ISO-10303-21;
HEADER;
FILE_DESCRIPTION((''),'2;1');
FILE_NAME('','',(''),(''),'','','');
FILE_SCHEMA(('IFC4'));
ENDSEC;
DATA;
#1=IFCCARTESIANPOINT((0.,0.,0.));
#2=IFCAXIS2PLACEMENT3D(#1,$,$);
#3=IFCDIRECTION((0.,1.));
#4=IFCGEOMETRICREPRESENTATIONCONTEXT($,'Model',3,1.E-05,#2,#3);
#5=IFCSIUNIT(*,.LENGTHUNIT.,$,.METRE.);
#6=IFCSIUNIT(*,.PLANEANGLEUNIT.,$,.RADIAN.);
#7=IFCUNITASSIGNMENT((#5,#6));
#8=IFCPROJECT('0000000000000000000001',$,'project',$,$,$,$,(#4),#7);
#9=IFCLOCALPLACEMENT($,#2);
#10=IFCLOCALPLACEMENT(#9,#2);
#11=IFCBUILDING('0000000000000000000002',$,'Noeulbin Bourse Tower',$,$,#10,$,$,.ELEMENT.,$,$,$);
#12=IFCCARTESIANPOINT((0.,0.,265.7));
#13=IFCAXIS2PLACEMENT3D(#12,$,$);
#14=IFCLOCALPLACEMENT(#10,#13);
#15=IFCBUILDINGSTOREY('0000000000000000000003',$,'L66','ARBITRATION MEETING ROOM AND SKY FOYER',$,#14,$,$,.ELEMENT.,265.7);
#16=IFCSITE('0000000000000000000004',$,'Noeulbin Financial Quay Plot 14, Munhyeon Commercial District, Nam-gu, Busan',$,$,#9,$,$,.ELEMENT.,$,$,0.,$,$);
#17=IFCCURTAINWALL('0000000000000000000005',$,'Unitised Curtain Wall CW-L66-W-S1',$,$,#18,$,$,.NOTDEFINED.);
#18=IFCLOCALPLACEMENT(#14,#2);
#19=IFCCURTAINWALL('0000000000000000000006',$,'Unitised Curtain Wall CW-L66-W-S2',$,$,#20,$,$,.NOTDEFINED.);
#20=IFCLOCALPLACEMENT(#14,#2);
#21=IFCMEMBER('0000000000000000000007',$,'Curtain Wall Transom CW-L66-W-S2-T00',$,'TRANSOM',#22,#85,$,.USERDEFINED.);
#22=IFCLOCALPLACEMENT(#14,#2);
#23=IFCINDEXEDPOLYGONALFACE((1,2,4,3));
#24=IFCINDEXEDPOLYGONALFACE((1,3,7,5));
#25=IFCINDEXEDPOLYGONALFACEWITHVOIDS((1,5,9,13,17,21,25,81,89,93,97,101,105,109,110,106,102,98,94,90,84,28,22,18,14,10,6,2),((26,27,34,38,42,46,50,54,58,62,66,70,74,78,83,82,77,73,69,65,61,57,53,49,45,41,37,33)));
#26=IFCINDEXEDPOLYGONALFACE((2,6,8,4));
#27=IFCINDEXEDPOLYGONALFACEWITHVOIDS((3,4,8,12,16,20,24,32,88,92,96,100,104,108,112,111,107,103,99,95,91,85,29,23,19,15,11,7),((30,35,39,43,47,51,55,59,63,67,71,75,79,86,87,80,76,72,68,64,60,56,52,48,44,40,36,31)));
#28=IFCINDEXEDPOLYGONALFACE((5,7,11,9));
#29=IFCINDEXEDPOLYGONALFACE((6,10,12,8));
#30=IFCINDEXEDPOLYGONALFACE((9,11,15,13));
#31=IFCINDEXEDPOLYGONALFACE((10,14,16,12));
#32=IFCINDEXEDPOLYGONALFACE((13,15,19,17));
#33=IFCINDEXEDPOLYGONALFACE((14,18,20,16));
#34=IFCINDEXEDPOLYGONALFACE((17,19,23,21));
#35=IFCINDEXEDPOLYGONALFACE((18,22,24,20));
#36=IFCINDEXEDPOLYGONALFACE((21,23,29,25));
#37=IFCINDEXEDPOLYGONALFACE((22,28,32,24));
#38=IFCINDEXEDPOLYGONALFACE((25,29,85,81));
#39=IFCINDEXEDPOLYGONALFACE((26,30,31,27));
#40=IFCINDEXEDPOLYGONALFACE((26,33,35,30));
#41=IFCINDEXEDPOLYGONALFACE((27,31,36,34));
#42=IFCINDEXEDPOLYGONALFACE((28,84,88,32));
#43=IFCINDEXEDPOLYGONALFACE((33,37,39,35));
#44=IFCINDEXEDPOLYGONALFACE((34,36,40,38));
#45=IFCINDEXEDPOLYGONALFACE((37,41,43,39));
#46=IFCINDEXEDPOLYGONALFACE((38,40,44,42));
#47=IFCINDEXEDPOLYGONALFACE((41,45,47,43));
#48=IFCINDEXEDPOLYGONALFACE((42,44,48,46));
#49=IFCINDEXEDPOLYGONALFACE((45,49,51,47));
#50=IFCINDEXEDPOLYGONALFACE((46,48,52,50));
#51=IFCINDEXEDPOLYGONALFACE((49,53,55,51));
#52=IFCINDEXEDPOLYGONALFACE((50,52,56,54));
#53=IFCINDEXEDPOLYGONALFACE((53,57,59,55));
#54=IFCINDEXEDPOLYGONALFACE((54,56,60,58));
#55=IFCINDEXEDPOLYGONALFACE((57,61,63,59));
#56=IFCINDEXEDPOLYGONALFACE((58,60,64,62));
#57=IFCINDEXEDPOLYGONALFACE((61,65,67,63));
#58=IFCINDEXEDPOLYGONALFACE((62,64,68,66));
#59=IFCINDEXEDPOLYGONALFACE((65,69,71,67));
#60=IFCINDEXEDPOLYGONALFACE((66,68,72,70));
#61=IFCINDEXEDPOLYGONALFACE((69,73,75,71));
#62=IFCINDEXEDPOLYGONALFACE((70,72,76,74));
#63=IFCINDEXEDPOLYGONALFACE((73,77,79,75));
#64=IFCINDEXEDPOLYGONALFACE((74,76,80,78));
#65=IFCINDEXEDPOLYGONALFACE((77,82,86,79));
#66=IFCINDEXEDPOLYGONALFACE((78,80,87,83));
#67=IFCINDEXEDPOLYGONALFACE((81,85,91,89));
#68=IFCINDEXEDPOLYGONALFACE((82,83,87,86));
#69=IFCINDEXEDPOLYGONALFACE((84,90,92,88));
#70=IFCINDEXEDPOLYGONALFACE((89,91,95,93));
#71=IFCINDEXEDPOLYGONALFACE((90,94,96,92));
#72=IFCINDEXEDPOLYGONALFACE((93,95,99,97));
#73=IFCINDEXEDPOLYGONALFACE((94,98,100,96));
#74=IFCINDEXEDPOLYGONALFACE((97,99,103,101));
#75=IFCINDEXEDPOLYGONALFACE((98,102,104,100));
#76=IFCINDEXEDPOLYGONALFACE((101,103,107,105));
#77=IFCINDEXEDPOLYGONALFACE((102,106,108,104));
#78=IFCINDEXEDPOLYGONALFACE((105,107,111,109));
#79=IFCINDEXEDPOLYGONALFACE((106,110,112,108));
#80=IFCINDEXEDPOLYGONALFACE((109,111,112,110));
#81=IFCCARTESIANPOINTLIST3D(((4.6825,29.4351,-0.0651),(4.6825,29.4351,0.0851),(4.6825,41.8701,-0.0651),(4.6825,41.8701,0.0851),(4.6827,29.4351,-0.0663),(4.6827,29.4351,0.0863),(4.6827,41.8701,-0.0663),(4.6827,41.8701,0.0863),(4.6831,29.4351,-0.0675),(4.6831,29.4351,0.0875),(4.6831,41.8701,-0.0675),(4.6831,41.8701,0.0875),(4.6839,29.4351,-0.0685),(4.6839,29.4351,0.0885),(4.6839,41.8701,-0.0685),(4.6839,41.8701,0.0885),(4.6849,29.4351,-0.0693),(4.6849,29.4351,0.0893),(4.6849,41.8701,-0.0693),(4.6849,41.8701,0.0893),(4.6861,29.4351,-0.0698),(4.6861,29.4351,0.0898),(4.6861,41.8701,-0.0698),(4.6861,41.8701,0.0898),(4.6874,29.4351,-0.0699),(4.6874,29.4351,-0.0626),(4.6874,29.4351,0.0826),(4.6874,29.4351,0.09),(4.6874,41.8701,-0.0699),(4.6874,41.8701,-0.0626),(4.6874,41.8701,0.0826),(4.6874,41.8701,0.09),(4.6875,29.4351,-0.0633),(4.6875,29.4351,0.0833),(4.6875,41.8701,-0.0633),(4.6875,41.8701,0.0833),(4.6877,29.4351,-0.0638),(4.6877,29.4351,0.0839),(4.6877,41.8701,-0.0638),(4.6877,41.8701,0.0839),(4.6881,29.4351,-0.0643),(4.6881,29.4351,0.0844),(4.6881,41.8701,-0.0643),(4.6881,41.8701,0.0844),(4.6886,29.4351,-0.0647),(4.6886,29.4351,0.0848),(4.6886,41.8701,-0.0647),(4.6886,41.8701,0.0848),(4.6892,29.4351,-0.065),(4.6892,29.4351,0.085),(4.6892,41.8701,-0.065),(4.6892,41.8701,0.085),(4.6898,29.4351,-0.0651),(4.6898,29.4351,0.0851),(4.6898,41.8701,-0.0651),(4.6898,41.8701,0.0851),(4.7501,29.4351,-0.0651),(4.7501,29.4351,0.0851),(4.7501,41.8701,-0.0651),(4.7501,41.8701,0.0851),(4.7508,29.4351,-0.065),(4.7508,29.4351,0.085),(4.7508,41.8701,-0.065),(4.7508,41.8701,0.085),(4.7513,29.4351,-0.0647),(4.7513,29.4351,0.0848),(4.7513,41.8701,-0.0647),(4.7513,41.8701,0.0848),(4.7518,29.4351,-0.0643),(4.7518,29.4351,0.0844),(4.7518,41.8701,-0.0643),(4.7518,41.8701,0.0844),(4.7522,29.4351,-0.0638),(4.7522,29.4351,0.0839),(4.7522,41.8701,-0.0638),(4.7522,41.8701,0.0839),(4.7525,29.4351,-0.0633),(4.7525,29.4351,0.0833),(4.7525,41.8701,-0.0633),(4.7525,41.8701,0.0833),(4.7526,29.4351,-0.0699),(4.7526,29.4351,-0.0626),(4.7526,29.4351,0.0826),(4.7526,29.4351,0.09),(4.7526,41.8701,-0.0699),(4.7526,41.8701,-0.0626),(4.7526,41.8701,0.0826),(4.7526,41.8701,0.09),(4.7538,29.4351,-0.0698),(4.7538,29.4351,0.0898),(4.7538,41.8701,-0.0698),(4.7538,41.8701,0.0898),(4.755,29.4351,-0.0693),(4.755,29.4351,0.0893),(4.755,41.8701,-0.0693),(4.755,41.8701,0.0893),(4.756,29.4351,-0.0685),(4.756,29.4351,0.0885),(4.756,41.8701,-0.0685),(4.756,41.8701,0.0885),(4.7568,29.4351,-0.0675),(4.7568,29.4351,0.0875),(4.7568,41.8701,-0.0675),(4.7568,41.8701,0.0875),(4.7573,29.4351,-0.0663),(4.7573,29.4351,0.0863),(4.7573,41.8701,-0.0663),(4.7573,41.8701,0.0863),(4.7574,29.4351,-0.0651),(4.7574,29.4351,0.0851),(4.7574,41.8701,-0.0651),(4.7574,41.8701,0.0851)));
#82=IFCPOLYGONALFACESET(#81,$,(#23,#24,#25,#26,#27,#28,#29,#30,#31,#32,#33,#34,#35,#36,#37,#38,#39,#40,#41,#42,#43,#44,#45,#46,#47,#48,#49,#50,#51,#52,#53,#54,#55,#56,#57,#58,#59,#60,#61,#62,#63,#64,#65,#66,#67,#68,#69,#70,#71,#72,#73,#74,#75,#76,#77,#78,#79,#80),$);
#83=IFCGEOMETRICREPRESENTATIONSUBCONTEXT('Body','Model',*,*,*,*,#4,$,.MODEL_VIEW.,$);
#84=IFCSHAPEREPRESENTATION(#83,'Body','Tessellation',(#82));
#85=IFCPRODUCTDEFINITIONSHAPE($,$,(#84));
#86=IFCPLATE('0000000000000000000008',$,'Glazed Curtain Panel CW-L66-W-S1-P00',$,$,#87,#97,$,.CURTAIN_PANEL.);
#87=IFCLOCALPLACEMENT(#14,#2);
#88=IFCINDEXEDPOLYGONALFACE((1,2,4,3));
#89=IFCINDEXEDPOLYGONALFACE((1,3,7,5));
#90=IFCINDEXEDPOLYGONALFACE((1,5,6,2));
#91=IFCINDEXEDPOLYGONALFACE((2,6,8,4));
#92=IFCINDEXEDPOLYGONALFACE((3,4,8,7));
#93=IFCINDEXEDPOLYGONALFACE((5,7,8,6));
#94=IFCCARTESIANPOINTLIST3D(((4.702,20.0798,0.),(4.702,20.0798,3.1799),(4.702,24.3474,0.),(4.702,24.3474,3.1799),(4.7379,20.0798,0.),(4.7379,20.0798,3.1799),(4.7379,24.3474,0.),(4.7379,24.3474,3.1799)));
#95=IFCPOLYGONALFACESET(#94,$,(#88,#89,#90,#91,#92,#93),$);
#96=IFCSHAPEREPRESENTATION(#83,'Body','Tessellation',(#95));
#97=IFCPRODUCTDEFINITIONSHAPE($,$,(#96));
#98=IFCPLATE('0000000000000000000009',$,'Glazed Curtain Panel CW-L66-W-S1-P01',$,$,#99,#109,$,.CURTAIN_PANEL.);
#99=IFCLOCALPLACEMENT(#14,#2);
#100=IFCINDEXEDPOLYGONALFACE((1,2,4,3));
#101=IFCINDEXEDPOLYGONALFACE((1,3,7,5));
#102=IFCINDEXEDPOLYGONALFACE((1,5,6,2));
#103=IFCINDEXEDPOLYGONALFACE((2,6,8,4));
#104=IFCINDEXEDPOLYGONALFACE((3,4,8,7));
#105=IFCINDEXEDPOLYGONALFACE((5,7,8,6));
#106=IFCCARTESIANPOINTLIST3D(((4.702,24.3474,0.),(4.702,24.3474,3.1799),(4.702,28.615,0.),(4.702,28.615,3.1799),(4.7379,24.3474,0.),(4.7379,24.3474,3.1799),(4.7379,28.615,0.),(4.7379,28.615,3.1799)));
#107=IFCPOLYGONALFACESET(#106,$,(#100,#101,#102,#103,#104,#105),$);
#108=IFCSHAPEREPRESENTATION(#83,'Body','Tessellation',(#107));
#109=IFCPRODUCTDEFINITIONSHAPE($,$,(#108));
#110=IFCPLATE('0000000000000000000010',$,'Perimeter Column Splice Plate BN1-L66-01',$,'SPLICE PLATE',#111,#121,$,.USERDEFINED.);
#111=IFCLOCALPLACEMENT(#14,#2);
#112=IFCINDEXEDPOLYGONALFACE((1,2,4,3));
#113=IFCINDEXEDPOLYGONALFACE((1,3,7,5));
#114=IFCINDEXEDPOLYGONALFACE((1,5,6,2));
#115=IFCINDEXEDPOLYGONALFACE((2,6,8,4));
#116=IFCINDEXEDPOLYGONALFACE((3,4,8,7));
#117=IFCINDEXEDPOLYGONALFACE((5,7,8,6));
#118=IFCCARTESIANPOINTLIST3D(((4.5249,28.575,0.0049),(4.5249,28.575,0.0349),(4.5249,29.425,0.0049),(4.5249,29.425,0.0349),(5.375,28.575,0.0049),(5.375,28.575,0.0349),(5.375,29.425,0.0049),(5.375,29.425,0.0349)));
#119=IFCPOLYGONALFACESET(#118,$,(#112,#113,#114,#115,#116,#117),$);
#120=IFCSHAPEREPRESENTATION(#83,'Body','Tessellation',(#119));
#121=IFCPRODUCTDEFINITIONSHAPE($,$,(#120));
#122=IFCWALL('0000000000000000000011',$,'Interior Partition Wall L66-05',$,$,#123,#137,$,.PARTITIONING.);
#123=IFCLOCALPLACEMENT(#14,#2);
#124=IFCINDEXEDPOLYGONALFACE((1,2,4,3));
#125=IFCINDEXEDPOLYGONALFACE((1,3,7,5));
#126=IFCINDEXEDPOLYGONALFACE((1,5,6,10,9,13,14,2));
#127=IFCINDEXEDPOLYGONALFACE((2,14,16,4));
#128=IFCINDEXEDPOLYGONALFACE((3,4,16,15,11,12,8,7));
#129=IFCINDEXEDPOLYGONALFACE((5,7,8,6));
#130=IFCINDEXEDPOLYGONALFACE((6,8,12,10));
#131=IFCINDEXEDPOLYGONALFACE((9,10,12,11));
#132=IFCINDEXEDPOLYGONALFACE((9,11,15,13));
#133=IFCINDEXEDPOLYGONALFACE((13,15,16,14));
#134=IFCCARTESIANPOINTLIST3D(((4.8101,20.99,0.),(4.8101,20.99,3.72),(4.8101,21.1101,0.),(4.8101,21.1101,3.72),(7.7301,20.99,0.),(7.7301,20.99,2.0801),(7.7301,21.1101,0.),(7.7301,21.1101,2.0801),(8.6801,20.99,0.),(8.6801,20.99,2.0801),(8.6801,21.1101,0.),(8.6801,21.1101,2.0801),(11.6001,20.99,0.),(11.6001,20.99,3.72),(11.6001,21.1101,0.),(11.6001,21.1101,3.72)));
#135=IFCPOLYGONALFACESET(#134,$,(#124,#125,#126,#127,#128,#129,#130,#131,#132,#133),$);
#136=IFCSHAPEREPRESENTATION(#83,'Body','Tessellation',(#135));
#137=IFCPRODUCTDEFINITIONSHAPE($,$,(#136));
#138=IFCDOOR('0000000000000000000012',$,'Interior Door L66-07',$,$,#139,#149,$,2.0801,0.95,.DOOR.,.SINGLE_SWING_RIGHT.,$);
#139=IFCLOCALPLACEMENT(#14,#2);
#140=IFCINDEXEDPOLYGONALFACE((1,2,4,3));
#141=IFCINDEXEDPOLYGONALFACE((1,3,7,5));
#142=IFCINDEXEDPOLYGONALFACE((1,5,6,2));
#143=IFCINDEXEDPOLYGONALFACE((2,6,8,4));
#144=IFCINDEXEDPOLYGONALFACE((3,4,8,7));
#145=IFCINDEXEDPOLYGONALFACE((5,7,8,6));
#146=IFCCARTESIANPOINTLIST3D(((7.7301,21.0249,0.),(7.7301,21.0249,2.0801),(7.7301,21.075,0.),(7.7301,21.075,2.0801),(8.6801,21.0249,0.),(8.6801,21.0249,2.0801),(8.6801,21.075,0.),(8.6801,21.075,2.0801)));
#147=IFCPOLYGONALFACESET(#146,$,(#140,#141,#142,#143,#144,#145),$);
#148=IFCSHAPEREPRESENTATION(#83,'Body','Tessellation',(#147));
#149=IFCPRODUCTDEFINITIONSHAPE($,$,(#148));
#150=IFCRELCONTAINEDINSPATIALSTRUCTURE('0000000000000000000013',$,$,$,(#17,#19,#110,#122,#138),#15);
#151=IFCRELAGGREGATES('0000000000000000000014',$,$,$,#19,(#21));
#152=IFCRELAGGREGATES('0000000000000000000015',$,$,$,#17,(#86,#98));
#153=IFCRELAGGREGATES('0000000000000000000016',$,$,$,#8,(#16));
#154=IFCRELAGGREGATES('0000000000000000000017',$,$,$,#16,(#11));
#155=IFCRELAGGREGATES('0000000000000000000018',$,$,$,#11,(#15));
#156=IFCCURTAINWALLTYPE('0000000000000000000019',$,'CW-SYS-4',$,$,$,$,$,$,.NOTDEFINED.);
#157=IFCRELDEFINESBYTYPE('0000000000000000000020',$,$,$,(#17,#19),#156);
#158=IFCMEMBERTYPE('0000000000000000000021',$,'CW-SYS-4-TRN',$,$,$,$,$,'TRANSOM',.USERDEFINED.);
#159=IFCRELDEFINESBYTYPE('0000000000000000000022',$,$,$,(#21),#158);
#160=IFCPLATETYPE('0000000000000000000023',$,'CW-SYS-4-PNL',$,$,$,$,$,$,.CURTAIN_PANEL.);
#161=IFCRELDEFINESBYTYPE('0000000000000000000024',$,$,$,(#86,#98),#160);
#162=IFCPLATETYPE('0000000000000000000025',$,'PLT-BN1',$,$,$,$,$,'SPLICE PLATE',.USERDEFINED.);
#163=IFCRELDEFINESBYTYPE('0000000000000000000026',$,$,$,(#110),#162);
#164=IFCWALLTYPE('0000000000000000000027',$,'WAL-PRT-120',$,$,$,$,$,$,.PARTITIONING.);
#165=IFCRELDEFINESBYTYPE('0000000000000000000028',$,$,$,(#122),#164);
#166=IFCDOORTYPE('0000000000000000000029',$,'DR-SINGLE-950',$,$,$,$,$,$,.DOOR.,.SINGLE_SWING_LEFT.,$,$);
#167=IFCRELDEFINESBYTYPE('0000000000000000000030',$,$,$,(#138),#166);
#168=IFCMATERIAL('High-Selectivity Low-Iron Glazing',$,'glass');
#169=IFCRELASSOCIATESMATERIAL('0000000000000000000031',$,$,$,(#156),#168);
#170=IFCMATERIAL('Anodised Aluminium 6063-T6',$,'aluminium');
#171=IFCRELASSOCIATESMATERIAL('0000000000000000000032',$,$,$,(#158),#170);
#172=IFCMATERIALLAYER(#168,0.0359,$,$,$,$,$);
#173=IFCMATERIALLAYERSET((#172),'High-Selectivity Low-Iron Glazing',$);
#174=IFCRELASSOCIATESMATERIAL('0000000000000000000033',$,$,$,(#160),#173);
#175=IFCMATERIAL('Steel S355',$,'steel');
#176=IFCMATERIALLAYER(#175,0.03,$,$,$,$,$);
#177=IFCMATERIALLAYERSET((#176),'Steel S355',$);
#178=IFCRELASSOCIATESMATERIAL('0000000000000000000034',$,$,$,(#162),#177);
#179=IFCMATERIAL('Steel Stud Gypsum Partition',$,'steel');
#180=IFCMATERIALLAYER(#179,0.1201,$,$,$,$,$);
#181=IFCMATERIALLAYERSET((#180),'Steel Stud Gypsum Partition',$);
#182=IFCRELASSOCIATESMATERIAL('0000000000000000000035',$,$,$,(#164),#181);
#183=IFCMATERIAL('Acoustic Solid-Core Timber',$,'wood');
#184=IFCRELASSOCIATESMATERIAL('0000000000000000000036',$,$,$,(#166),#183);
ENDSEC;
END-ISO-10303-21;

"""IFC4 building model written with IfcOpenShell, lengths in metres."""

from ifc_helpers import new_model, si_unit, direction, frame, frame_2d, origin, origin_2d, place, context, subcontext, project, spatial, rectangle, hollow_rectangle, extrude, material, layer, layer_set, material_profile, profile_set, type_object, element, fill, aggregate, save


model = new_model("IFC4")

# Units and contexts
model_context = context("Model", 3, precision=1e-05, world=origin(), true_north=direction((0.0, 1.0)))
body_context = subcontext(model_context, "Body", "Model", "MODEL_VIEW")
ifc_project = project(units=[si_unit("LENGTHUNIT", "METRE"), si_unit("PLANEANGLEUNIT", "RADIAN")], contexts=[model_context])

# Site, building, storey
site_placement = place(None, origin())
site = spatial("IfcSite", under=ifc_project, at=site_placement, Name="Noeulbin Financial Quay Plot 14, Munhyeon Commercial District, Nam-gu, Busan", CompositionType="ELEMENT", RefElevation=0.0)
building_placement = place(site_placement, origin())
building = spatial("IfcBuilding", under=site, at=building_placement, Name="Noeulbin Bourse Tower", CompositionType="ELEMENT")
storey_placement = place(building_placement, frame((0.0, 0.0, 265.7)))
storey = spatial("IfcBuildingStorey", under=building, at=storey_placement, Name="L66", Description="ARBITRATION MEETING ROOM AND SKY FOYER", CompositionType="ELEMENT", Elevation=265.7)

# Shared definitions
ifc_material_1 = material(Name="Steel S355", Category="steel")

# Curtain wall
ifc_material_2 = material(Name="High-Selectivity Low-Iron Glazing", Category="glass")
curtain_wall_type = type_object("IfcCurtainWallType", Name="CW-SYS-4", PredefinedType="NOTDEFINED", material=ifc_material_2)
curtain_wall_1_placement = place(storey_placement, origin())
curtain_wall_1 = element("IfcCurtainWall", 1, at=curtain_wall_1_placement, inside=storey, type_object=curtain_wall_type, Name="Unitised Curtain Wall CW-L66-W-S1", PredefinedType="NOTDEFINED")
ifc_material_3 = material(Name="Anodised Aluminium 6063-T6", Category="aluminium")

# Curtain wall
curtain_wall_2_placement = place(storey_placement, origin())
curtain_wall_2 = element("IfcCurtainWall", 2, at=curtain_wall_2_placement, inside=storey, type_object=curtain_wall_type, Name="Unitised Curtain Wall CW-L66-W-S2", PredefinedType="NOTDEFINED")

# Member
ifc_material_profile_1 = material_profile(ifc_material_3, hollow_rectangle(XDim=0.075, YDim=0.1599, WallThickness=0.0049, InnerFilletRadius=0.0024, OuterFilletRadius=0.0049, at=origin_2d()), Name="ALU-TRAN-75x160x5", Category="LoadBearing")
ifc_profile_set_1 = profile_set([ifc_material_profile_1], Name="Anodised Aluminium 6063-T6")
member_type_1 = type_object("IfcMemberType", Name="CW-SYS-4-TRN", ElementType="TRANSOM", PredefinedType="USERDEFINED", material=ifc_profile_set_1)
member_1_placement = place(storey_placement, frame((4.72, 29.4351, 0.01), z_axis=(0.0, 1.0, 0.0), x_axis=(-1.0, 0.0, 0.0)))
member_1 = element("IfcMember", 3, at=member_1_placement, type_object=member_type_1, Name="Curtain Wall Transom CW-L66-W-S2-T00", ObjectType="TRANSOM", PredefinedType="USERDEFINED", context=body_context, shape_type="SweptSolid", body=[
    extrude(hollow_rectangle(XDim=0.075, YDim=0.1599, WallThickness=0.0049, InnerFilletRadius=0.0024, OuterFilletRadius=0.0049, at=origin_2d()), origin(), (0.0, 0.0, 1.0), 12.4351),
])
aggregate(curtain_wall_2, [member_1])

# Plates
ifc_layer_1 = layer(ifc_material_2, 0.0359)
ifc_layer_set_1 = layer_set([ifc_layer_1], Name="High-Selectivity Low-Iron Glazing")
plate_type_1 = type_object("IfcPlateType", Name="CW-SYS-4-PNL", PredefinedType="CURTAIN_PANEL", material=ifc_layer_set_1)
plate_1_placement = place(storey_placement, frame((4.72, 22.2136, 0.0), z_axis=(0.0, 0.0, 1.0), x_axis=(0.0, 1.0, 0.0)))
plate_1 = element("IfcPlate", 4, at=plate_1_placement, type_object=plate_type_1, Name="Glazed Curtain Panel CW-L66-W-S1-P00", PredefinedType="CURTAIN_PANEL", context=body_context, shape_type="SweptSolid", body=[
    extrude(rectangle(XDim=4.2676, YDim=0.0359, at=origin_2d()), origin(), (0.0, 0.0, 1.0), 3.1799),
])
plate_2_placement = place(storey_placement, frame((4.72, 26.4812, 0.0), z_axis=(0.0, 0.0, 1.0), x_axis=(0.0, 1.0, 0.0)))
plate_2 = element("IfcPlate", 5, at=plate_2_placement, type_object=plate_type_1, Name="Glazed Curtain Panel CW-L66-W-S1-P01", PredefinedType="CURTAIN_PANEL", context=body_context, shape_type="SweptSolid", body=[
    extrude(rectangle(XDim=4.2676, YDim=0.0359, at=origin_2d()), origin(), (0.0, 0.0, 1.0), 3.1799),
])
aggregate(curtain_wall_1, [plate_1, plate_2])
ifc_layer_2 = layer(ifc_material_1, 0.03)
ifc_layer_set_2 = layer_set([ifc_layer_2], Name="Steel S355")
plate_type_2 = type_object("IfcPlateType", Name="PLT-BN1", ElementType="SPLICE PLATE", PredefinedType="USERDEFINED", material=ifc_layer_set_2)
plate_3_placement = place(storey_placement, frame((4.95, 29.0, 0.0049), z_axis=(0.0, 0.0, 1.0), x_axis=(1.0, 0.0, 0.0)))
element("IfcPlate", 6, at=plate_3_placement, inside=storey, type_object=plate_type_2, Name="Perimeter Column Splice Plate BN1-L66-01", ObjectType="SPLICE PLATE", PredefinedType="USERDEFINED", context=body_context, shape_type="SweptSolid", body=[
    extrude(rectangle(XDim=0.8501, YDim=0.8501, at=origin_2d()), origin(), (0.0, 0.0, 1.0), 0.03),
])

# Wall, opening, door
ifc_material_4 = material(Name="Steel Stud Gypsum Partition", Category="steel")
ifc_layer_3 = layer(ifc_material_4, 0.1201)
ifc_layer_set_3 = layer_set([ifc_layer_3], Name="Steel Stud Gypsum Partition")
wall_type_1 = type_object("IfcWallType", Name="WAL-PRT-120", PredefinedType="PARTITIONING", material=ifc_layer_set_3)
wall_1_placement = place(storey_placement, frame((4.8101, 21.05, 0.0), z_axis=(0.0, 0.0, 1.0), x_axis=(1.0, 0.0, 0.0)))
wall_1 = element("IfcWall", 7, at=wall_1_placement, inside=storey, type_object=wall_type_1, Name="Interior Partition Wall L66-05", PredefinedType="PARTITIONING", context=body_context, shape_type="SweptSolid", body=[
    extrude(rectangle(XDim=6.79, YDim=0.1201, at=frame_2d((3.395, 0.0))), origin(), (0.0, 0.0, 1.0), 3.72),
])
opening_1_placement = place(wall_1_placement, frame((2.9199, 0.0, 0.0)))
opening_1 = element("IfcOpeningElement", 8, at=opening_1_placement, cuts=wall_1, PredefinedType="OPENING", context=body_context, shape_type="SweptSolid", body=[
    extrude(rectangle(XDim=0.95, YDim=2.0801, at=frame_2d((0.4751, 1.04))), frame((0.0, 0.0701, 0.0), z_axis=(0.0, -1.0, 0.0), x_axis=(1.0, 0.0, 0.0)), (0.0, 0.0, 1.0), 0.1401),
])
ifc_material_5 = material(Name="Acoustic Solid-Core Timber", Category="wood")
door_type = type_object("IfcDoorType", Name="DR-SINGLE-950", OperationType="SINGLE_SWING_LEFT", PredefinedType="DOOR", material=ifc_material_5)
door_1_placement = place(opening_1_placement, origin())
door_1 = element("IfcDoor", 9, at=door_1_placement, inside=storey, type_object=door_type, Name="Interior Door L66-07", OperationType="SINGLE_SWING_RIGHT", OverallHeight=2.0801, OverallWidth=0.95, PredefinedType="DOOR", context=body_context, shape_type="SweptSolid", body=[
    extrude(rectangle(XDim=0.95, YDim=2.0801, at=frame_2d((0.4751, 1.04))), frame((0.0, 0.0249, 0.0), z_axis=(0.0, -1.0, 0.0), x_axis=(1.0, 0.0, 0.0)), (0.0, 0.0, 1.0), 0.05),
])
fill(opening_1, door_1)

save(model, "model.ifc")
